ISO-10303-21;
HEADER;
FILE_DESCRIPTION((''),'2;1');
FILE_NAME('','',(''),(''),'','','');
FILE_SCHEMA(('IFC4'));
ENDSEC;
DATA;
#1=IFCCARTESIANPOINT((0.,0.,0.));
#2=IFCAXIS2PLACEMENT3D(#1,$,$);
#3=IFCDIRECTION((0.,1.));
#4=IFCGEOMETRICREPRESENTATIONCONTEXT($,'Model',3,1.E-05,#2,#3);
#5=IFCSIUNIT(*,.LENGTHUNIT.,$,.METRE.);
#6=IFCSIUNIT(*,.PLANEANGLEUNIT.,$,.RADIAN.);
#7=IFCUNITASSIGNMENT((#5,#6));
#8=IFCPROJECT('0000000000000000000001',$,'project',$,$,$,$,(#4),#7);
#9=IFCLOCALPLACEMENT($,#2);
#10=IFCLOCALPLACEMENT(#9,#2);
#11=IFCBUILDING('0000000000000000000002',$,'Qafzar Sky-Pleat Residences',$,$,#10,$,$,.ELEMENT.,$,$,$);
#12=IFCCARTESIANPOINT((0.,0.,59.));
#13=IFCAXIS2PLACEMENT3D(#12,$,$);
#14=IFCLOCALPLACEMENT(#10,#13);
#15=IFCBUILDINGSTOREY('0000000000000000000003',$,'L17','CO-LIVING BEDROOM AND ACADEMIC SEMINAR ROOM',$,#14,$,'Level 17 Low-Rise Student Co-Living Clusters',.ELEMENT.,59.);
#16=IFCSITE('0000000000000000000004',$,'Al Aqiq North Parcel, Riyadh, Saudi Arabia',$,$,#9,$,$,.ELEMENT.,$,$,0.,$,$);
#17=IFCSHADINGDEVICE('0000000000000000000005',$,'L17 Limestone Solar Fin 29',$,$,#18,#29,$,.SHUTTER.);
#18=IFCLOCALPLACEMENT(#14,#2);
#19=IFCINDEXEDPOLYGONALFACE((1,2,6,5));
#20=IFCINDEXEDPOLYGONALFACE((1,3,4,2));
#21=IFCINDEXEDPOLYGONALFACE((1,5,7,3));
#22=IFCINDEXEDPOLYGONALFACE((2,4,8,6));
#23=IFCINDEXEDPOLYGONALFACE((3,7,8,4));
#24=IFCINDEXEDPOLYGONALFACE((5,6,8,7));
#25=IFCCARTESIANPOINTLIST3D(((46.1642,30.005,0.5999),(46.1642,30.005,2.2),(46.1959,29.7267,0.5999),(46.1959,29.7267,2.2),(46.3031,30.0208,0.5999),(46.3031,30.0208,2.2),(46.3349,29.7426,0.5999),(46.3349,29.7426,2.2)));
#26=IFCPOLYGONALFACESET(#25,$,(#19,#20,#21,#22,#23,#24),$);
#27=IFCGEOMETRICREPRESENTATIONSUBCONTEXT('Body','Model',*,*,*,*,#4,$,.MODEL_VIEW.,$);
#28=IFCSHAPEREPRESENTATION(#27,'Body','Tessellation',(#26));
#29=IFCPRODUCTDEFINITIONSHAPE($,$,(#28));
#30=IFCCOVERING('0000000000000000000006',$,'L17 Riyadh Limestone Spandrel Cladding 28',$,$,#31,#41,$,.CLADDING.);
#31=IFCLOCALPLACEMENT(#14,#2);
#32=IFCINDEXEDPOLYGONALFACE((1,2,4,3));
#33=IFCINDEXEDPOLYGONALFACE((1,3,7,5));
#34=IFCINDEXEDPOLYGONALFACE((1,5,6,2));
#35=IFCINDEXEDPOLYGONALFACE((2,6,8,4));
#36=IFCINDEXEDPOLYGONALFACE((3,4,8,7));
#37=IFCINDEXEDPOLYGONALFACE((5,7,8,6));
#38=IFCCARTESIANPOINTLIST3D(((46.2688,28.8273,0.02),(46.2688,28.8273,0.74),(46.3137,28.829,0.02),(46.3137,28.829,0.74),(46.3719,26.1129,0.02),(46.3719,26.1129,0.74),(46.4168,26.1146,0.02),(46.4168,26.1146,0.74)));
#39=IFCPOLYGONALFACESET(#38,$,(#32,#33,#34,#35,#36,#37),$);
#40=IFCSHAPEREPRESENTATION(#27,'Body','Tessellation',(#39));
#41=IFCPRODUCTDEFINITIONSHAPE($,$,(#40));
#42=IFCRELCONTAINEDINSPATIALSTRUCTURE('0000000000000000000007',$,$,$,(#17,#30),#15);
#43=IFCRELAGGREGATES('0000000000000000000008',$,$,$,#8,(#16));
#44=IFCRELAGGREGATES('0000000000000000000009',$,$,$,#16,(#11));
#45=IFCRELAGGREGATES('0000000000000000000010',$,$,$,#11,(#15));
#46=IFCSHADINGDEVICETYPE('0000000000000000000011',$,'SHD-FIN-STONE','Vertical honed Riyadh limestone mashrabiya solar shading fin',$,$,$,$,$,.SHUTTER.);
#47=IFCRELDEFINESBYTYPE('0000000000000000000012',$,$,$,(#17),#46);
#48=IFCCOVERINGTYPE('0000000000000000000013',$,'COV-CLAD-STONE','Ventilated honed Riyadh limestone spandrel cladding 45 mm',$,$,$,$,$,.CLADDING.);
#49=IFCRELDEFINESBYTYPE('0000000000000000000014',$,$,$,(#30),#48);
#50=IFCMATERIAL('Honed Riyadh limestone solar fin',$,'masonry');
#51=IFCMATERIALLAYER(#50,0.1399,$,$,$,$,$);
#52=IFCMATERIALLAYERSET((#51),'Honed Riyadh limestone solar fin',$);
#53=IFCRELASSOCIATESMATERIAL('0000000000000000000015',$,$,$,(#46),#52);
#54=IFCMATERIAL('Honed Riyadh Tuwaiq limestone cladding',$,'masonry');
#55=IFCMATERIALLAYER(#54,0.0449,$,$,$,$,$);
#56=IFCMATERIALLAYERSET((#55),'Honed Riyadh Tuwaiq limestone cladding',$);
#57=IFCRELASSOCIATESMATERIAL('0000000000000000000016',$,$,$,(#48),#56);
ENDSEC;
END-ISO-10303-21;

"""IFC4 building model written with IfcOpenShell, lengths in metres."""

from ifc_helpers import new_model, si_unit, direction, frame, origin, origin_2d, place, context, subcontext, project, spatial, rectangle, extrude, source, transform, mapped, material, layer, layer_set, type_object, element, save


model = new_model("IFC4")

# Units and contexts
model_context = context("Model", 3, precision=1e-05, world=origin(), true_north=direction((0.0, 1.0)))
body_context = subcontext(model_context, "Body", "Model", "MODEL_VIEW")
ifc_project = project(units=[si_unit("LENGTHUNIT", "METRE"), si_unit("PLANEANGLEUNIT", "RADIAN")], contexts=[model_context])

# Site, building, storey
site_placement = place(None, origin())
site = spatial("IfcSite", under=ifc_project, at=site_placement, Name="Al Aqiq North Parcel, Riyadh, Saudi Arabia", CompositionType="ELEMENT", RefElevation=0.0)
building_placement = place(site_placement, origin())
building = spatial("IfcBuilding", under=site, at=building_placement, Name="Qafzar Sky-Pleat Residences", CompositionType="ELEMENT")
storey_placement = place(building_placement, frame((0.0, 0.0, 59.0)))
storey = spatial("IfcBuildingStorey", under=building, at=storey_placement, Name="L17", Description="CO-LIVING BEDROOM AND ACADEMIC SEMINAR ROOM", LongName="Level 17 Low-Rise Student Co-Living Clusters", CompositionType="ELEMENT", Elevation=59.0)

# Shading device
ifc_material_1 = material(Name="Honed Riyadh limestone solar fin", Category="masonry")
ifc_layer_1 = layer(ifc_material_1, 0.1399)
ifc_layer_set_1 = layer_set([ifc_layer_1], Name="Honed Riyadh limestone solar fin")
shading_device_type = type_object("IfcShadingDeviceType", Name="SHD-FIN-STONE", Description="Vertical honed Riyadh limestone mashrabiya solar shading fin", PredefinedType="SHUTTER", material=ifc_layer_set_1)
shared_shape_1 = source(origin(), body_context, "Body", "SweptSolid", [
    extrude(rectangle(XDim=0.1399, YDim=0.28, at=origin_2d()), origin(), (0.0, 0.0, 1.0), 1.6001),
])
shading_device_placement = place(storey_placement, frame((46.2495, 29.8738, 0.5999), z_axis=(0.0, 0.0, 1.0), x_axis=(0.993564, 0.113272, 0.0)))
element("IfcShadingDevice", 1, at=shading_device_placement, inside=storey, type_object=shading_device_type, Name="L17 Limestone Solar Fin 29", PredefinedType="SHUTTER", context=body_context, shape_type="MappedRepresentation", body=[
    mapped(shared_shape_1, transform((0.0, 0.0, 0.0), x_axis=(1.0, 0.0, 0.0), y_axis=(0.0, 1.0, 0.0), z_axis=(0.0, 0.0, 1.0), scale=1.0)),
])

# Covering
ifc_material_2 = material(Name="Honed Riyadh Tuwaiq limestone cladding", Category="masonry")
ifc_layer_2 = layer(ifc_material_2, 0.0449)
ifc_layer_set_2 = layer_set([ifc_layer_2], Name="Honed Riyadh Tuwaiq limestone cladding")
covering_type = type_object("IfcCoveringType", Name="COV-CLAD-STONE", Description="Ventilated honed Riyadh limestone spandrel cladding 45 mm", PredefinedType="CLADDING", material=ifc_layer_set_2)
shared_shape_2 = source(origin(), body_context, "Body", "SweptSolid", [
    extrude(rectangle(XDim=2.7163, YDim=0.0449, at=origin_2d()), origin(), (0.0, 0.0, 1.0), 0.72),
])
covering_placement = place(storey_placement, frame((46.3428, 27.4709, 0.02), z_axis=(0.0, 0.0, 1.0), x_axis=(-0.037969, 0.999279, 0.0)))
element("IfcCovering", 2, at=covering_placement, inside=storey, type_object=covering_type, Name="L17 Riyadh Limestone Spandrel Cladding 28", PredefinedType="CLADDING", context=body_context, shape_type="MappedRepresentation", body=[
    mapped(shared_shape_2, transform((0.0, 0.0, 0.0), x_axis=(1.0, 0.0, 0.0), y_axis=(0.0, 1.0, 0.0), z_axis=(0.0, 0.0, 1.0), scale=1.0)),
])

save(model, "model.ifc")
